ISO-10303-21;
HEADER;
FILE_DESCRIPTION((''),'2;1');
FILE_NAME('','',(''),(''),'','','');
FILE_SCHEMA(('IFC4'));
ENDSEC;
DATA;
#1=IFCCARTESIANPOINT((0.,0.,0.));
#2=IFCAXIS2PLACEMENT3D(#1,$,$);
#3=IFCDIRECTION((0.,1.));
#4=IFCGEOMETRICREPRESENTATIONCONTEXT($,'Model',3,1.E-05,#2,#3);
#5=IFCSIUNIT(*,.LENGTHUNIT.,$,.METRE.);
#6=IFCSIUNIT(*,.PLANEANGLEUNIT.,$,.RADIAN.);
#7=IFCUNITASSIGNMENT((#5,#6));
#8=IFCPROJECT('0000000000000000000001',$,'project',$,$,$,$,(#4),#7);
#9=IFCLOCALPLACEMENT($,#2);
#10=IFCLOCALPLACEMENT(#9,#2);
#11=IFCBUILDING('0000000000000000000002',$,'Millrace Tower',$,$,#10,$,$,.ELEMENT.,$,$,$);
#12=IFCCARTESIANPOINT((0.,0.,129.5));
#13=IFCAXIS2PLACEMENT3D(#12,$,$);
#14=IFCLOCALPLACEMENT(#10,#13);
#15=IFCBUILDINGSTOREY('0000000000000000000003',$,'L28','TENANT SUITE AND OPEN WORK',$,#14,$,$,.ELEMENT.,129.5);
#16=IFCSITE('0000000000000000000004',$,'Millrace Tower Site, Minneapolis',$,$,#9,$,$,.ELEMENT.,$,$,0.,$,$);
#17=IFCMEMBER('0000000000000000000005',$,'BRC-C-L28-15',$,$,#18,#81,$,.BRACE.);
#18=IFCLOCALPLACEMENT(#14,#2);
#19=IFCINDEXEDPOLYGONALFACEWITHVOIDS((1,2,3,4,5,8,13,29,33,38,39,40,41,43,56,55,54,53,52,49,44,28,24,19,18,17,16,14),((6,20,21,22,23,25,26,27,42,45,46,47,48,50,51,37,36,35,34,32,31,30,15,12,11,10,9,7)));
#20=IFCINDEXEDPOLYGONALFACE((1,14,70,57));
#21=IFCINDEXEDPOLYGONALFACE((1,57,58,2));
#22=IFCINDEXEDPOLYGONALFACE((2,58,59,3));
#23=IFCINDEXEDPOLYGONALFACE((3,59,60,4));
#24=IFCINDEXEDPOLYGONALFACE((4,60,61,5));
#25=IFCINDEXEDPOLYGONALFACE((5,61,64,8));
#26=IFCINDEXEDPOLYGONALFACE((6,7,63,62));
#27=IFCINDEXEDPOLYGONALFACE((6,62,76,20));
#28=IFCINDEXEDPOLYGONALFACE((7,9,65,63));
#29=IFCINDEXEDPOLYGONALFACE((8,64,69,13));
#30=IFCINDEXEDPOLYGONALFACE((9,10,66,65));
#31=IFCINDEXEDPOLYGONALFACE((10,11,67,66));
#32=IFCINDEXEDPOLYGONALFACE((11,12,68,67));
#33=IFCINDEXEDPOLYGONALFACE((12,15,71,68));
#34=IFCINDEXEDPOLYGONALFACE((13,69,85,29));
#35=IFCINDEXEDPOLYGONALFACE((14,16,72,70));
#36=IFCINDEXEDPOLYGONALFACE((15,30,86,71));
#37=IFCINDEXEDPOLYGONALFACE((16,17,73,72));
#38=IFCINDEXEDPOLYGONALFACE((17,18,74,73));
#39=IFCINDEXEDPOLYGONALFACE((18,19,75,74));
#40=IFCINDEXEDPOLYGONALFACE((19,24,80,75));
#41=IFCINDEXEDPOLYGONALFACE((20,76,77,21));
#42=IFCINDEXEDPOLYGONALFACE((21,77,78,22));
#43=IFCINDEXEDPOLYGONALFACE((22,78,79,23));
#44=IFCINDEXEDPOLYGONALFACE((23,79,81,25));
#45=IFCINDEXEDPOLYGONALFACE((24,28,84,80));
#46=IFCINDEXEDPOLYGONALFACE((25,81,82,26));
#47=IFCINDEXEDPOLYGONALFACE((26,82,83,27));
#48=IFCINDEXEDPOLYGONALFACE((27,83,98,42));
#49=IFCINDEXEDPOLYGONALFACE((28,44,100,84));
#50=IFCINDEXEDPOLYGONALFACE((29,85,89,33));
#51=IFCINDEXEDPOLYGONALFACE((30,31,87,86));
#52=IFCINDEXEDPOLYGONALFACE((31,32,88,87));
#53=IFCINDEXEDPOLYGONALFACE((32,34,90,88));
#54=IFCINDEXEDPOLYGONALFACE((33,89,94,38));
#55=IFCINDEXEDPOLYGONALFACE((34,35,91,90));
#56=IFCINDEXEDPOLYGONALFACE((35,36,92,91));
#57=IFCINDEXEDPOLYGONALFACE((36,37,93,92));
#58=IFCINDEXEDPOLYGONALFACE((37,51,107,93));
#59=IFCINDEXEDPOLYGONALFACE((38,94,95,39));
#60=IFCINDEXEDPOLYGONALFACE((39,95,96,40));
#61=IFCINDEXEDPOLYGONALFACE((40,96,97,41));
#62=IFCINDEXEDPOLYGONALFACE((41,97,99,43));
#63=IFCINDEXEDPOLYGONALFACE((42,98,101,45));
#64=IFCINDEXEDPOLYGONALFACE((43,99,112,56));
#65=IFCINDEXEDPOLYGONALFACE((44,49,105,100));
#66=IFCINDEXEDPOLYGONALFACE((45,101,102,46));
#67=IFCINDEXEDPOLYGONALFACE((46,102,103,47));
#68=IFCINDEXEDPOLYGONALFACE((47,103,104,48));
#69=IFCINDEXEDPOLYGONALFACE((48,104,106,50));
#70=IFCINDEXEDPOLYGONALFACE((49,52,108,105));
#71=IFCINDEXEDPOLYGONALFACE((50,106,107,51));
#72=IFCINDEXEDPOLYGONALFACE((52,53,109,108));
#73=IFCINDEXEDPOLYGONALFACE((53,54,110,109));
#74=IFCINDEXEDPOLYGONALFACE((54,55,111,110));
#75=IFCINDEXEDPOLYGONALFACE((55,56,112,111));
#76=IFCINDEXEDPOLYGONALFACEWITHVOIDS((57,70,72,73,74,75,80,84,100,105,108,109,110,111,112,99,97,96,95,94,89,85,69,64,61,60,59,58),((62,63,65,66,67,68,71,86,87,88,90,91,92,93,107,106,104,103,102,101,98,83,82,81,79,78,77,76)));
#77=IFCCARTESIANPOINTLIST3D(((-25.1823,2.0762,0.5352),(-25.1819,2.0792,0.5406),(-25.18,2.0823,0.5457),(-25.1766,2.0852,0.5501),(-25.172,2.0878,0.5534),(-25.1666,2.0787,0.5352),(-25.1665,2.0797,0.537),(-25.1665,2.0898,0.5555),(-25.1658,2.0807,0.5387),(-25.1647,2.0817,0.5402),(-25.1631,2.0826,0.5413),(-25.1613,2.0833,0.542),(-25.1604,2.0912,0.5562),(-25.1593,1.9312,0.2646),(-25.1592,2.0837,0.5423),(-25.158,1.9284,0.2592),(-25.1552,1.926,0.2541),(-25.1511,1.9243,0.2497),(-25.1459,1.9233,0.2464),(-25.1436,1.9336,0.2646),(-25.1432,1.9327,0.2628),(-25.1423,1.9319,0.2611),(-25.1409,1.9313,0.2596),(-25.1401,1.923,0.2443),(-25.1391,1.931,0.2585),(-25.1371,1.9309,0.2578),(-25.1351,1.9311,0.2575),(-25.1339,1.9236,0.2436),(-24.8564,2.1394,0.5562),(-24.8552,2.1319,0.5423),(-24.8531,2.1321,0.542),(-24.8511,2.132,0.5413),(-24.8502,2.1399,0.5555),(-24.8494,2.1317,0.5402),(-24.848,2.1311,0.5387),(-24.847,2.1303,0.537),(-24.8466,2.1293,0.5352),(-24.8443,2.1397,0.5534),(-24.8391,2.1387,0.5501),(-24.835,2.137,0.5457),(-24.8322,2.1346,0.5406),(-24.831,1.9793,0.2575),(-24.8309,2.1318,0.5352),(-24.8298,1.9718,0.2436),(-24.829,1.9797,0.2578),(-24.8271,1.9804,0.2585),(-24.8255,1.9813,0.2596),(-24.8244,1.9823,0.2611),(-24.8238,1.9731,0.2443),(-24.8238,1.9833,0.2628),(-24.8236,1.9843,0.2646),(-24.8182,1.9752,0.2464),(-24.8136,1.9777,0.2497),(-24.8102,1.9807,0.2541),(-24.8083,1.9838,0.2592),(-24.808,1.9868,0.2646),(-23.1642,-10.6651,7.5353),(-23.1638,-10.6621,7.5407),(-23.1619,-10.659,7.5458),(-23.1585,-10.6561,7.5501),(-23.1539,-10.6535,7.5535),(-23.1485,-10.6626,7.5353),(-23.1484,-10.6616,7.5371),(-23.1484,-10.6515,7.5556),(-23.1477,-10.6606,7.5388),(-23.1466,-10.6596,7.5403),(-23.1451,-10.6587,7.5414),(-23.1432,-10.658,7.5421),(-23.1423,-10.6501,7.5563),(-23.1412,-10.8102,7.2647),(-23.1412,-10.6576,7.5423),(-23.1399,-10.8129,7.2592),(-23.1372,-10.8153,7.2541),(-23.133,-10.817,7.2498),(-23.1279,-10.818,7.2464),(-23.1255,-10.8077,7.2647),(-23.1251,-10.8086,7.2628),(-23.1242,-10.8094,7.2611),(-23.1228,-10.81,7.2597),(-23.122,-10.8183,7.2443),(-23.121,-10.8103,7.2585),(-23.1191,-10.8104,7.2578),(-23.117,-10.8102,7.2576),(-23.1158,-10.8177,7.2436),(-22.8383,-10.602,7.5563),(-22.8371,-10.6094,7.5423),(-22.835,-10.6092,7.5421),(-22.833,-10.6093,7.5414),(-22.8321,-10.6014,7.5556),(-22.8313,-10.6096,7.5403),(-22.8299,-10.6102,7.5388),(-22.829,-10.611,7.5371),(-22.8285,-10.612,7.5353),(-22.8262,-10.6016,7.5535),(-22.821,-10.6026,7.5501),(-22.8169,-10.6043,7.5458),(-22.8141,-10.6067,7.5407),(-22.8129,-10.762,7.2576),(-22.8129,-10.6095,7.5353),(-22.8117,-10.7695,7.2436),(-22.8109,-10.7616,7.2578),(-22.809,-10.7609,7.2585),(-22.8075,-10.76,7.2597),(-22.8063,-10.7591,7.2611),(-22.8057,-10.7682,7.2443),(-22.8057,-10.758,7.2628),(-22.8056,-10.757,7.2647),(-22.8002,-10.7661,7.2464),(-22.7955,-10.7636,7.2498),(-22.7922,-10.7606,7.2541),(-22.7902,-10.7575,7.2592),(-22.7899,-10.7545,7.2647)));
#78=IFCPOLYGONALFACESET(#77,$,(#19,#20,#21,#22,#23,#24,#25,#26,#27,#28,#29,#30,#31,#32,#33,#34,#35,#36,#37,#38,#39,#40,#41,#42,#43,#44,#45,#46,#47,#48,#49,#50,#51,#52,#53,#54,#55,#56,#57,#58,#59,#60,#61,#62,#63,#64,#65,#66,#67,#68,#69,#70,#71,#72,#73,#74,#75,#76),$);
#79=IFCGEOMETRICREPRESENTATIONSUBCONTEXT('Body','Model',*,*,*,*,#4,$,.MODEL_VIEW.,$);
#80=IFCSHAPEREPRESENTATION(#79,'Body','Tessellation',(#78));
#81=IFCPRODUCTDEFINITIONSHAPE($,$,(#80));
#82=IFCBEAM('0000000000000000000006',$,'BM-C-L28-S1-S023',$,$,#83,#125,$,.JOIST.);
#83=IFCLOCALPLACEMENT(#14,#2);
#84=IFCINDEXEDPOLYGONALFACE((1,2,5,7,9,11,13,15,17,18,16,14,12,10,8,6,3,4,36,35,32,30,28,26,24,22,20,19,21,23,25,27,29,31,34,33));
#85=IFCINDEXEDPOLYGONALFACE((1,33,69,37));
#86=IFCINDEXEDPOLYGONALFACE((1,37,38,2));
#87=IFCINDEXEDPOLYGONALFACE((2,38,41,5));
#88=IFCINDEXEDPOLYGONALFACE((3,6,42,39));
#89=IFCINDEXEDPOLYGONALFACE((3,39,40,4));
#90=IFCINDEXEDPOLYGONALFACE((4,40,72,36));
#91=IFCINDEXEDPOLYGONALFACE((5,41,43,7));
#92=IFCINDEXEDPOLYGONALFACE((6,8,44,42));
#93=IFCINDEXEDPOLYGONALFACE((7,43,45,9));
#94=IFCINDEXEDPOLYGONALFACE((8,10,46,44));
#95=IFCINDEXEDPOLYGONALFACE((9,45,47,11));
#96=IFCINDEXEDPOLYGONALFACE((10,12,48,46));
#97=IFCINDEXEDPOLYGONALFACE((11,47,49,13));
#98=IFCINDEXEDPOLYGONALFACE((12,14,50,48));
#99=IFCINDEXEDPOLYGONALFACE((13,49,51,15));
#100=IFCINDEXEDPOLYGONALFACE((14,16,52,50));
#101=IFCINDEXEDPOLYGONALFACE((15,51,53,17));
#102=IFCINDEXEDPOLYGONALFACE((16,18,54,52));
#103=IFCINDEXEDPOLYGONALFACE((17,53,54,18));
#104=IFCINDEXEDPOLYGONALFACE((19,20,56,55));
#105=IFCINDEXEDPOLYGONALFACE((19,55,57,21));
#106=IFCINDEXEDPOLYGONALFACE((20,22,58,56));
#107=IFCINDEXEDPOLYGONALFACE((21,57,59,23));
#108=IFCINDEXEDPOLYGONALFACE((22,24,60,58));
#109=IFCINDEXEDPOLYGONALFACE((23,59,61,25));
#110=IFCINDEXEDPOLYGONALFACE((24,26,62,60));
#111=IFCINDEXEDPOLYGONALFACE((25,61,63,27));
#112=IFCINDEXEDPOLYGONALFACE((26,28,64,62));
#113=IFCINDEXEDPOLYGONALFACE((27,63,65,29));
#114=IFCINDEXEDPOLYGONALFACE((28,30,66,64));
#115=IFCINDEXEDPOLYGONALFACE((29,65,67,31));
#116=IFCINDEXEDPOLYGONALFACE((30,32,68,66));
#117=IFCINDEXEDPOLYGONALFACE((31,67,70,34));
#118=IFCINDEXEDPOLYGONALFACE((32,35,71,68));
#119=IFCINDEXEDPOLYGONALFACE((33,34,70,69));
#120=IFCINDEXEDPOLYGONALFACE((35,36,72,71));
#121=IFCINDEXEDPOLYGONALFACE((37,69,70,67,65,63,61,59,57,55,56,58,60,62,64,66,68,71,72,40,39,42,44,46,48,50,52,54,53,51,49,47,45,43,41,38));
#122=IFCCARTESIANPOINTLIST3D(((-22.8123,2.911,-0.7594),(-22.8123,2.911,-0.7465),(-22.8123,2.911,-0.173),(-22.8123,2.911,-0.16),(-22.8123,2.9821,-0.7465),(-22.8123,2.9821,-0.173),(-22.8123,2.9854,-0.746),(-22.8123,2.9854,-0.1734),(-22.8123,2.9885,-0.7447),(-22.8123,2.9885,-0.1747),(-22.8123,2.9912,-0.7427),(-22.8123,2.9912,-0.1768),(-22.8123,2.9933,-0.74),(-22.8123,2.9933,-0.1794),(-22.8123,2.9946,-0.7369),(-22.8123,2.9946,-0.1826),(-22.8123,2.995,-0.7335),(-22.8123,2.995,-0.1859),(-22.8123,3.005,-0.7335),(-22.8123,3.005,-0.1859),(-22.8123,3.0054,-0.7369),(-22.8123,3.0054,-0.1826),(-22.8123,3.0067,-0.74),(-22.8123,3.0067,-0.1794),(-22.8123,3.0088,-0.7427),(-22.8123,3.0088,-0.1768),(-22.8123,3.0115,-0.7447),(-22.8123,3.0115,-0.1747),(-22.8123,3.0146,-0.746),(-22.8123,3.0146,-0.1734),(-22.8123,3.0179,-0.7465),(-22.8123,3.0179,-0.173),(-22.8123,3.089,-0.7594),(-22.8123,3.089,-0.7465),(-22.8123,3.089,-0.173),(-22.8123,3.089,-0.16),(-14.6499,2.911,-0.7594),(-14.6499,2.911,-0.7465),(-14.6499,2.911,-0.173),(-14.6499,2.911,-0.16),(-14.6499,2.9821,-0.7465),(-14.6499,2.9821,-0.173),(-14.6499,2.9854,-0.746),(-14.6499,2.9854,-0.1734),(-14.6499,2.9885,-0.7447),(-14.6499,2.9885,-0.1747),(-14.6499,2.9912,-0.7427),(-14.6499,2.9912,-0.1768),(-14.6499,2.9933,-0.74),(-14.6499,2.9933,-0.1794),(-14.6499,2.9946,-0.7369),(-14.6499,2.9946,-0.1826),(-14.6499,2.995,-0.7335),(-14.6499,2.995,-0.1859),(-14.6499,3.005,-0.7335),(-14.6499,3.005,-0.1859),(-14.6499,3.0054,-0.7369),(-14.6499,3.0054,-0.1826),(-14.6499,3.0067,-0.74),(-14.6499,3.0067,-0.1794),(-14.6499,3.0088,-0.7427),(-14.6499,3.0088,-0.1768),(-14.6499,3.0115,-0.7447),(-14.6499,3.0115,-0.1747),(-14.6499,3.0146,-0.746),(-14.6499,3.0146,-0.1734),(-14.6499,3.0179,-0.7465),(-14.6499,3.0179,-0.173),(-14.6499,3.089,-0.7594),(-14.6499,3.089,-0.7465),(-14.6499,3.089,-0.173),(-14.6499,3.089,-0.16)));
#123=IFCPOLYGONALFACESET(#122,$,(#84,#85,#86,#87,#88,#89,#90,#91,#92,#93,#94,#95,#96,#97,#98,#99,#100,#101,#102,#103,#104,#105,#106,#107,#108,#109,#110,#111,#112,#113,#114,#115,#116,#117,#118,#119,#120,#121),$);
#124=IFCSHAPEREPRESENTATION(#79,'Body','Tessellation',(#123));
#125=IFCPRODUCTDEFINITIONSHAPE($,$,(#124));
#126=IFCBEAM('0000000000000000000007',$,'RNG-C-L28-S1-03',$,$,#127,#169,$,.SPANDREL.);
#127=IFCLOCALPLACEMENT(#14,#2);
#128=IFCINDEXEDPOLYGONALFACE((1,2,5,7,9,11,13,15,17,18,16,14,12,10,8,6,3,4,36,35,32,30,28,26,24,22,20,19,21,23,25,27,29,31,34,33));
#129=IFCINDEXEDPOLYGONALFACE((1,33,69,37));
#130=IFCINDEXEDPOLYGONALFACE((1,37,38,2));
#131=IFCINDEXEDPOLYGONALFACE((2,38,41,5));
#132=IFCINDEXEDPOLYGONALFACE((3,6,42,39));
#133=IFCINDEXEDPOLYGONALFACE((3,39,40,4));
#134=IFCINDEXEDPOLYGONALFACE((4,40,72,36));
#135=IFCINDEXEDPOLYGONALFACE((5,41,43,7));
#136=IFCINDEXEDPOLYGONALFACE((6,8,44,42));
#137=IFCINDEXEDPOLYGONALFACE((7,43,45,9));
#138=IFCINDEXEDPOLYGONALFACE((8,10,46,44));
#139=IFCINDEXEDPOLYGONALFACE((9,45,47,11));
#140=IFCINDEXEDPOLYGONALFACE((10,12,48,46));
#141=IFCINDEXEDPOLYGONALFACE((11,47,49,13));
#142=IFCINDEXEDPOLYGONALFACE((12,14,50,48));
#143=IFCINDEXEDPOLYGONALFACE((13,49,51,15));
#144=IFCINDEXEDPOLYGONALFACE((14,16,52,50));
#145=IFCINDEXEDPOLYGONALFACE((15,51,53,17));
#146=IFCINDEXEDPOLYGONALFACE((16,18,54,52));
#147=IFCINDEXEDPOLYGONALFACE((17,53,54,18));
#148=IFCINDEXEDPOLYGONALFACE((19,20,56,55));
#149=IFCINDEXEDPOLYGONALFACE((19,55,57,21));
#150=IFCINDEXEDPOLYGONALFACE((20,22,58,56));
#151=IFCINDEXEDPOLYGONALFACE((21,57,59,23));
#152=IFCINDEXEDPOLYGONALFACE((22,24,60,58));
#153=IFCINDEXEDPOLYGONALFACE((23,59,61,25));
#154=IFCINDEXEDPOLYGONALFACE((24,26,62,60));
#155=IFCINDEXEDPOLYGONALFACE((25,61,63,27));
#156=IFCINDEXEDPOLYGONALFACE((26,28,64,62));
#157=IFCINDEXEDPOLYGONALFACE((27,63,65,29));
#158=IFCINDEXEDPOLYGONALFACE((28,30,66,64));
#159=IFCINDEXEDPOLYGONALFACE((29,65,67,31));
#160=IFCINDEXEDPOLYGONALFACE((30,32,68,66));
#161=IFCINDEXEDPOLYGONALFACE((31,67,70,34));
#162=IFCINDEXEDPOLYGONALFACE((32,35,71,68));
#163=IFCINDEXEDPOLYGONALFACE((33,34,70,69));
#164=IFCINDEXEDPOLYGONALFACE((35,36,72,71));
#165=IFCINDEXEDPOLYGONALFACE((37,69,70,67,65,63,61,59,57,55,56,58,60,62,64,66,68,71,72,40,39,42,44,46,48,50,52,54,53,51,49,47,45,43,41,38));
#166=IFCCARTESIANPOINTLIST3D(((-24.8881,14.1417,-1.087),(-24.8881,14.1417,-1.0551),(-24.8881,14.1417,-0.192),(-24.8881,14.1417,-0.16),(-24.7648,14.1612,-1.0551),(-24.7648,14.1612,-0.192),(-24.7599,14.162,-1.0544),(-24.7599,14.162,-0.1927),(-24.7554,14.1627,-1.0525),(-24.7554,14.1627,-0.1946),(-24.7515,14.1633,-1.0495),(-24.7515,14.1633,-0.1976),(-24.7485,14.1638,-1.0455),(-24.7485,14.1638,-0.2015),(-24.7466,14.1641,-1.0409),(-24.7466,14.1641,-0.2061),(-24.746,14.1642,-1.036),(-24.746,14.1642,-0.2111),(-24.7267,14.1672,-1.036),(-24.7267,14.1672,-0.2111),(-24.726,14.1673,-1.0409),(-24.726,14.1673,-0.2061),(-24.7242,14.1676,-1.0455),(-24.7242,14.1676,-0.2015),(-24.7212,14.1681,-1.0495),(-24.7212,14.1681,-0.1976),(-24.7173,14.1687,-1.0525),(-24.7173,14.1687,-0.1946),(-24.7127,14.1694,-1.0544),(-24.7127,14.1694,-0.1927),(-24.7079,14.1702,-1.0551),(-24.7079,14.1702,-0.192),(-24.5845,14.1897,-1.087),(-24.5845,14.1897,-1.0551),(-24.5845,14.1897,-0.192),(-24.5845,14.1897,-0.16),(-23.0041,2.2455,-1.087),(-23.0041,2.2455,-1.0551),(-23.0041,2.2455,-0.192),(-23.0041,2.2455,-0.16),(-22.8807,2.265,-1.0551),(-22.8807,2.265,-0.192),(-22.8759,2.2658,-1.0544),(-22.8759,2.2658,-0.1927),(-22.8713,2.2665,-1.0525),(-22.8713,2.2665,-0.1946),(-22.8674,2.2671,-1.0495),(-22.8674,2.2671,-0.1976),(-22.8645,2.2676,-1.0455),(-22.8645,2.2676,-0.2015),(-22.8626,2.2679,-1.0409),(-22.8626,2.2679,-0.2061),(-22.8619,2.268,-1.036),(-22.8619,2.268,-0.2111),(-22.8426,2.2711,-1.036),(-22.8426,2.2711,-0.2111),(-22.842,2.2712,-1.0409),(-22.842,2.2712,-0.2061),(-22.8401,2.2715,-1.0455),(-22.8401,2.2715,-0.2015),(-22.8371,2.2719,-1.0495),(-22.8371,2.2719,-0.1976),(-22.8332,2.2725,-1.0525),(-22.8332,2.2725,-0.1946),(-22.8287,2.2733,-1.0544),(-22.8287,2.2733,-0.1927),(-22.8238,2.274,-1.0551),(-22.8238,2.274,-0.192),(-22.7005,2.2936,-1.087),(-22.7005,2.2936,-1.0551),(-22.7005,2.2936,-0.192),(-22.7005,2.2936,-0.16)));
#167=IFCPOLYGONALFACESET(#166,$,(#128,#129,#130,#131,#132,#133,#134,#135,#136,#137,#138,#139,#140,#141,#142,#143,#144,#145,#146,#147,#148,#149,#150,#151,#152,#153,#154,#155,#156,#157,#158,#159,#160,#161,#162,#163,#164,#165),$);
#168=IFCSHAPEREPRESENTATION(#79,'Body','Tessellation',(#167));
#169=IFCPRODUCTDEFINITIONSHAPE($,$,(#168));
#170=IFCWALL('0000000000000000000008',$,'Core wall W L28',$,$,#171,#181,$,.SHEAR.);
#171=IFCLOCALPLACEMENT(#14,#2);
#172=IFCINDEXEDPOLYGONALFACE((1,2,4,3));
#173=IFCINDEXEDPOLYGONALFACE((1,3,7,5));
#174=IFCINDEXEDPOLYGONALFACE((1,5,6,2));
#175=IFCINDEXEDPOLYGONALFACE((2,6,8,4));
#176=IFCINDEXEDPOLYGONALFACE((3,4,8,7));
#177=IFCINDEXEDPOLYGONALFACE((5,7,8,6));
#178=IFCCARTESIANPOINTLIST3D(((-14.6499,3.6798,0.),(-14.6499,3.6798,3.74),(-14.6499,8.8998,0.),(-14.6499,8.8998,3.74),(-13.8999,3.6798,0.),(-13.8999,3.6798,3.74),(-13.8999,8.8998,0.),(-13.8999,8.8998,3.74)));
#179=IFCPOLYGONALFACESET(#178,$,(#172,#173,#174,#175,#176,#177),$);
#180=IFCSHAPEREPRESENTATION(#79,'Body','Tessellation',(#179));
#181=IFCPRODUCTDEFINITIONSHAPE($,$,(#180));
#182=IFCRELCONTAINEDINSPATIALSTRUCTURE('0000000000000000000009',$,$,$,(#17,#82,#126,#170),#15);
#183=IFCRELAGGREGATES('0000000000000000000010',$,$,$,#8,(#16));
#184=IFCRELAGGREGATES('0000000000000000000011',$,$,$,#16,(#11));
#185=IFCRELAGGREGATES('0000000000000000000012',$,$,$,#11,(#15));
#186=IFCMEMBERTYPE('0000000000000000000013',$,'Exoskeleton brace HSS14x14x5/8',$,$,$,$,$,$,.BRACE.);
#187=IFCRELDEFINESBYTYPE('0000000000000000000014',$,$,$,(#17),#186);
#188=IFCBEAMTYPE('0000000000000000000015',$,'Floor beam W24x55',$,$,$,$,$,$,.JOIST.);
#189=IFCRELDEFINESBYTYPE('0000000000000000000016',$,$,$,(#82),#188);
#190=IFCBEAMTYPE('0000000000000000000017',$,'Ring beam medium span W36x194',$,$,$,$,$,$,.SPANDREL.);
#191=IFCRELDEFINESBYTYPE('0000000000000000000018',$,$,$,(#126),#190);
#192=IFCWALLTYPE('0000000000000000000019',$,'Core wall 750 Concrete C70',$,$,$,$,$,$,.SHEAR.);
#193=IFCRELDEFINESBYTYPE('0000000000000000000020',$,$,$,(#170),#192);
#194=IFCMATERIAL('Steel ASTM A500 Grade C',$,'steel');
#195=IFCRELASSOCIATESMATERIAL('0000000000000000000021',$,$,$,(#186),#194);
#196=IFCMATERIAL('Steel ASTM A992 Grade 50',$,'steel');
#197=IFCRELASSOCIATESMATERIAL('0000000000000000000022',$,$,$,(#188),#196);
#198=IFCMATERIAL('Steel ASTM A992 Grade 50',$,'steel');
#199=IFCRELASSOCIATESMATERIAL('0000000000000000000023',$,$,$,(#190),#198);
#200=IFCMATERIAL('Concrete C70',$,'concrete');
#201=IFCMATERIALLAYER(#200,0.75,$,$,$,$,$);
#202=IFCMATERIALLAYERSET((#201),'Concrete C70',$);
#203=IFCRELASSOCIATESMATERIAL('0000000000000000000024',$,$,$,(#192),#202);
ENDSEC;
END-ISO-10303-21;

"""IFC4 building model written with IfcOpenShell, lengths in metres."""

from ifc_helpers import new_model, si_unit, direction, frame, frame_2d, origin, origin_2d, place, context, subcontext, project, spatial, rectangle, hollow_rectangle, i_section, extrude, material, layer, layer_set, material_profile, profile_set, type_object, element, save


model = new_model("IFC4")

# Units and contexts
model_context = context("Model", 3, precision=1e-05, world=origin(), true_north=direction((0.0, 1.0)))
body_context = subcontext(model_context, "Body", "Model", "MODEL_VIEW")
ifc_project = project(units=[si_unit("LENGTHUNIT", "METRE"), si_unit("PLANEANGLEUNIT", "RADIAN")], contexts=[model_context])

# Site, building, storey
site_placement = place(None, origin())
site = spatial("IfcSite", under=ifc_project, at=site_placement, Name="Millrace Tower Site, Minneapolis", CompositionType="ELEMENT", RefElevation=0.0)
building_placement = place(site_placement, origin())
building = spatial("IfcBuilding", under=site, at=building_placement, Name="Millrace Tower", CompositionType="ELEMENT")
storey_placement = place(building_placement, frame((0.0, 0.0, 129.5)))
storey = spatial("IfcBuildingStorey", under=building, at=storey_placement, Name="L28", Description="TENANT SUITE AND OPEN WORK", CompositionType="ELEMENT", Elevation=129.5)

# Member
ifc_material_1 = material(Name="Steel ASTM A500 Grade C", Category="steel")
ifc_material_profile_1 = material_profile(ifc_material_1, hollow_rectangle(XDim=0.3557, YDim=0.3557, WallThickness=0.0159, InnerFilletRadius=0.0081, OuterFilletRadius=0.0239, at=origin_2d()))
ifc_profile_set_1 = profile_set([ifc_material_profile_1], Name="Steel ASTM A500 Grade C")
member_type_1 = type_object("IfcMemberType", Name="Exoskeleton brace HSS14x14x5/8", PredefinedType="BRACE", material=ifc_profile_set_1)
member_1_placement = place(storey_placement, frame((-24.9951, 2.0315, 0.3999), z_axis=(0.1375, -0.868114, 0.47694), x_axis=(0.987688, 0.156439, 0.0)))
element("IfcMember", 1, at=member_1_placement, inside=storey, type_object=member_type_1, Name="BRC-C-L28-15", PredefinedType="BRACE", context=body_context, shape_type="SweptSolid", body=[
    extrude(hollow_rectangle(XDim=0.3557, YDim=0.3557, WallThickness=0.0159, InnerFilletRadius=0.0081, OuterFilletRadius=0.0239, at=origin_2d()), origin(), (0.0, 0.0, 1.0), 14.677),
])

# Beams
ifc_material_2 = material(Name="Steel ASTM A992 Grade 50", Category="steel")
ifc_material_profile_2 = material_profile(ifc_material_2, i_section(OverallWidth=0.178, OverallDepth=0.5994, WebThickness=0.01, FlangeThickness=0.0129, FilletRadius=0.0129, at=origin_2d()))
ifc_profile_set_2 = profile_set([ifc_material_profile_2], Name="Steel ASTM A992 Grade 50")
beam_type_1 = type_object("IfcBeamType", Name="Floor beam W24x55", PredefinedType="JOIST", material=ifc_profile_set_2)
beam_1_placement = place(storey_placement, frame((-22.8123, 3.0, -0.4597), z_axis=(1.0, 0.0, 0.0), x_axis=(0.0, 1.0, 0.0)))
element("IfcBeam", 2, at=beam_1_placement, inside=storey, type_object=beam_type_1, Name="BM-C-L28-S1-S023", PredefinedType="JOIST", context=body_context, shape_type="SweptSolid", body=[
    extrude(i_section(OverallWidth=0.178, OverallDepth=0.5994, WebThickness=0.01, FlangeThickness=0.0129, FilletRadius=0.0129, at=origin_2d()), origin(), (0.0, 0.0, 1.0), 8.1624),
])
ifc_material_3 = material(Name="Steel ASTM A992 Grade 50", Category="steel")
ifc_material_profile_3 = material_profile(ifc_material_3, i_section(OverallWidth=0.3074, OverallDepth=0.927, WebThickness=0.0195, FlangeThickness=0.032, FilletRadius=0.019, at=origin_2d()))
ifc_profile_set_3 = profile_set([ifc_material_profile_3], Name="Steel ASTM A992 Grade 50")
beam_type_2 = type_object("IfcBeamType", Name="Ring beam medium span W36x194", PredefinedType="SPANDREL", material=ifc_profile_set_3)
beam_2_placement = place(storey_placement, frame((-22.8523, 2.2695, -0.6235), z_axis=(-0.156423, 0.98769, 0.0), x_axis=(-0.98769, -0.156423, 0.0)))
element("IfcBeam", 3, at=beam_2_placement, inside=storey, type_object=beam_type_2, Name="RNG-C-L28-S1-03", PredefinedType="SPANDREL", context=body_context, shape_type="SweptSolid", body=[
    extrude(i_section(OverallWidth=0.3074, OverallDepth=0.927, WebThickness=0.0195, FlangeThickness=0.032, FilletRadius=0.019, at=origin_2d()), origin(), (0.0, 0.0, 1.0), 12.0444),
])

# Wall
ifc_material_4 = material(Name="Concrete C70", Category="concrete")
ifc_layer_1 = layer(ifc_material_4, 0.75)
ifc_layer_set_1 = layer_set([ifc_layer_1], Name="Concrete C70")
wall_type_1 = type_object("IfcWallType", Name="Core wall 750 Concrete C70", PredefinedType="SHEAR", material=ifc_layer_set_1)
wall_1_placement = place(storey_placement, frame((-14.2749, 3.6799, 0.0), z_axis=(0.0, 0.0, 1.0), x_axis=(0.0, 1.0, 0.0)))
element("IfcWall", 4, at=wall_1_placement, inside=storey, type_object=wall_type_1, Name="Core wall W L28", PredefinedType="SHEAR", context=body_context, shape_type="SweptSolid", body=[
    extrude(rectangle(XDim=5.22, YDim=0.75, at=frame_2d((2.6099, 0.0))), origin(), (0.0, 0.0, 1.0), 3.74),
])

save(model, "model.ifc")
